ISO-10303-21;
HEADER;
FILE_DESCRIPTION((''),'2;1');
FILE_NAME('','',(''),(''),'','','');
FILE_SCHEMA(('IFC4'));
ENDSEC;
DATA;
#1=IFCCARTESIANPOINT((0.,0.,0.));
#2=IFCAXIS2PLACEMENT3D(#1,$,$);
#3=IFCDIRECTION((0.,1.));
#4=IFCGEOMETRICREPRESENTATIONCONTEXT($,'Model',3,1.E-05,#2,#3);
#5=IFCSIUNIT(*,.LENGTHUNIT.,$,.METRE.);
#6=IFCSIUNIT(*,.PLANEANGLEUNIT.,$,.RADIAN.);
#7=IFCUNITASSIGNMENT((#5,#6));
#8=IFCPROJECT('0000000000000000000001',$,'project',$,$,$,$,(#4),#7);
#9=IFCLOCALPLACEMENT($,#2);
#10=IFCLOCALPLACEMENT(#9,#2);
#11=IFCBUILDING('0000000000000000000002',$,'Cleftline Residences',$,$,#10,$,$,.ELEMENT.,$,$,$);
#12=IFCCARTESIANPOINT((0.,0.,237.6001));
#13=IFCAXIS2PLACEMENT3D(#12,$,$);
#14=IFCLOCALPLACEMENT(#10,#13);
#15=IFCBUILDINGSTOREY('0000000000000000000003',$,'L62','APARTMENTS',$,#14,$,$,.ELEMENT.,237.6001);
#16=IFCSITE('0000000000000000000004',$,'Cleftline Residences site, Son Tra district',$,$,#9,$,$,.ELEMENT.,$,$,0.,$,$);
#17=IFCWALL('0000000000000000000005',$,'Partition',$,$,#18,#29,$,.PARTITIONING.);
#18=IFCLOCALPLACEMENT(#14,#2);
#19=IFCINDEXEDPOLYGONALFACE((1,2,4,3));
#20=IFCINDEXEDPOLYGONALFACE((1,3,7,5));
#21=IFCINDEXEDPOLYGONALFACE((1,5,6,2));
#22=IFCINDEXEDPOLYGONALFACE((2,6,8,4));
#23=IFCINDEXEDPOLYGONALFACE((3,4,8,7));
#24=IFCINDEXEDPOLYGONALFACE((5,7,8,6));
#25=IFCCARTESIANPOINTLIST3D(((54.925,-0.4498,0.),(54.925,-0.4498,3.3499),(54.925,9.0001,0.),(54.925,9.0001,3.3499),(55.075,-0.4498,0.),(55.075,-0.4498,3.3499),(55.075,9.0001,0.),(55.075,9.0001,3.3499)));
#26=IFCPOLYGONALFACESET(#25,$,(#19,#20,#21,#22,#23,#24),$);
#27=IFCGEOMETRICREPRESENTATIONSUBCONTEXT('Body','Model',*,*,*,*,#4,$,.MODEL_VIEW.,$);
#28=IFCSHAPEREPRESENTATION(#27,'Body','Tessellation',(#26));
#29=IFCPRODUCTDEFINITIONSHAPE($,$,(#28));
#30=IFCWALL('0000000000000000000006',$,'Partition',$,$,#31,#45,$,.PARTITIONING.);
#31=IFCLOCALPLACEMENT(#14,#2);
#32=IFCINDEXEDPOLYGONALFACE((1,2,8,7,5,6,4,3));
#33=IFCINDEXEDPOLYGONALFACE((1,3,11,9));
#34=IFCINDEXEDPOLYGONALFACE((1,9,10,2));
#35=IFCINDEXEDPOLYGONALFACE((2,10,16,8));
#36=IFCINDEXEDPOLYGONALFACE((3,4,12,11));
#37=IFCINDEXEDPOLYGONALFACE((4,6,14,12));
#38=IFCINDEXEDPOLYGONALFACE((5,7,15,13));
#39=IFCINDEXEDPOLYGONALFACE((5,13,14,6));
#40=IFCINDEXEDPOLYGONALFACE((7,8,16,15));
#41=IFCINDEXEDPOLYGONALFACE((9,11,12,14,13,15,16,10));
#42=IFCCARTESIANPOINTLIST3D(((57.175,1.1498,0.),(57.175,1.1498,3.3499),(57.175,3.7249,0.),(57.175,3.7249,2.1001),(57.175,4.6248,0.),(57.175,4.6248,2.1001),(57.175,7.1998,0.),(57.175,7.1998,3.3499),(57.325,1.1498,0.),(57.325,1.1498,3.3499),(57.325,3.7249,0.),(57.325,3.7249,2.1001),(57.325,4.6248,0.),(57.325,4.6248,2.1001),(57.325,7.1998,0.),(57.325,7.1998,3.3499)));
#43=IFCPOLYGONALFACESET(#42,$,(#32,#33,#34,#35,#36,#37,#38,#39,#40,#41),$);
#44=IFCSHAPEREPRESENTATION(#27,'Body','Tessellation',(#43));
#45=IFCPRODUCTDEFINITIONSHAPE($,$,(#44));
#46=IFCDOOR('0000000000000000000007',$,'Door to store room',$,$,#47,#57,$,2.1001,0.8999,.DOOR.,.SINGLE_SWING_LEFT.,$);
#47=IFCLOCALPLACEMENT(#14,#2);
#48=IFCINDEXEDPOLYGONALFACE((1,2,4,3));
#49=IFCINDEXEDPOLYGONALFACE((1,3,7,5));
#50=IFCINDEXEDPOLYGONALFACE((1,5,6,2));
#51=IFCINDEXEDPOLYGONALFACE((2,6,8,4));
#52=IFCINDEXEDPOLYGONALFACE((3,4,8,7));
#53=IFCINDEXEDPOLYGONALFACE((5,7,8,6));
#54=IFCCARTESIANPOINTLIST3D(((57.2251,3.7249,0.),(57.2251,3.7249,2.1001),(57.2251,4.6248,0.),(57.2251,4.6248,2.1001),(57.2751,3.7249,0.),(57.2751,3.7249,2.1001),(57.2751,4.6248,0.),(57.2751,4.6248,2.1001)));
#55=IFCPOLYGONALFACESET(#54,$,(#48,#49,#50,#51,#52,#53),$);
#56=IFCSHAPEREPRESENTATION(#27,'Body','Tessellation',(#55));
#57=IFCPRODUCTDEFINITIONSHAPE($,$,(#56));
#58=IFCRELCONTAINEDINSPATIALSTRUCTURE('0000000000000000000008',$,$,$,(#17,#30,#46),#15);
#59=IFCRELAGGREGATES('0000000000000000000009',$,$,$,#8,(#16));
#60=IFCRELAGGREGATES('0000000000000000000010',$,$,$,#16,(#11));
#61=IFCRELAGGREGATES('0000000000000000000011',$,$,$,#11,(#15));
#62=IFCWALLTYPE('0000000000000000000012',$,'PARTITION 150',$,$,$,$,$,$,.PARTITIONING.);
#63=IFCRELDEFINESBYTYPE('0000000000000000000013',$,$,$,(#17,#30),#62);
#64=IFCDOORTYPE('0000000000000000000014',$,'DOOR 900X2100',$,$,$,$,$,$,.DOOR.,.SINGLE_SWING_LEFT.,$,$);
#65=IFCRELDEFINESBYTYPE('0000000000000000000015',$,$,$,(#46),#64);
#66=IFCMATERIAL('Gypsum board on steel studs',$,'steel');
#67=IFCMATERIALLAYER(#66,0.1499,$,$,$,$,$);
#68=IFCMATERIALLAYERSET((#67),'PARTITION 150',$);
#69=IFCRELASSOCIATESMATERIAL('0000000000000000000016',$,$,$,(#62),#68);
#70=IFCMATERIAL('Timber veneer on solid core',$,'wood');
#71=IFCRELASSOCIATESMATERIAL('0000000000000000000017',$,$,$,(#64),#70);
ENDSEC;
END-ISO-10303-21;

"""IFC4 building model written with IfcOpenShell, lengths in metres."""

from ifc_helpers import new_model, si_unit, direction, frame, frame_2d, origin, place, context, subcontext, project, spatial, rectangle, extrude, material, layer, layer_set, type_object, element, fill, save


model = new_model("IFC4")

# Units and contexts
model_context = context("Model", 3, precision=1e-05, world=origin(), true_north=direction((0.0, 1.0)))
body_context = subcontext(model_context, "Body", "Model", "MODEL_VIEW")
ifc_project = project(units=[si_unit("LENGTHUNIT", "METRE"), si_unit("PLANEANGLEUNIT", "RADIAN")], contexts=[model_context])

# Site, building, storey
site_placement = place(None, origin())
site = spatial("IfcSite", under=ifc_project, at=site_placement, Name="Cleftline Residences site, Son Tra district", CompositionType="ELEMENT", RefElevation=0.0)
building_placement = place(site_placement, origin())
building = spatial("IfcBuilding", under=site, at=building_placement, Name="Cleftline Residences", CompositionType="ELEMENT")
storey_placement = place(building_placement, frame((0.0, 0.0, 237.6001)))
storey = spatial("IfcBuildingStorey", under=building, at=storey_placement, Name="L62", Description="APARTMENTS", CompositionType="ELEMENT", Elevation=237.6001)

# Wall
ifc_material_1 = material(Name="Gypsum board on steel studs", Category="steel")
ifc_layer_1 = layer(ifc_material_1, 0.1499)
ifc_layer_set_1 = layer_set([ifc_layer_1], Name="PARTITION 150")
wall_type_1 = type_object("IfcWallType", Name="PARTITION 150", PredefinedType="PARTITIONING", material=ifc_layer_set_1)
wall_1_placement = place(storey_placement, frame((55.0, -0.45, 0.0), z_axis=(0.0, 0.0, 1.0), x_axis=(0.0, 1.0, 0.0)))
element("IfcWall", 1, at=wall_1_placement, inside=storey, type_object=wall_type_1, Name="Partition", PredefinedType="PARTITIONING", context=body_context, shape_type="SweptSolid", body=[
    extrude(rectangle(XDim=9.45, YDim=0.1499, at=frame_2d((4.7251, 0.0))), origin(), (0.0, 0.0, 1.0), 3.3499),
])

# Wall, opening, door
wall_2_placement = place(storey_placement, frame((57.25, 1.1499, 0.0), z_axis=(0.0, 0.0, 1.0), x_axis=(0.0, 1.0, 0.0)))
wall_2 = element("IfcWall", 2, at=wall_2_placement, inside=storey, type_object=wall_type_1, Name="Partition", PredefinedType="PARTITIONING", context=body_context, shape_type="SweptSolid", body=[
    extrude(rectangle(XDim=6.05, YDim=0.1499, at=frame_2d((3.0249, 0.0))), origin(), (0.0, 0.0, 1.0), 3.3499),
])
opening_1_placement = place(wall_2_placement, frame((2.575, 0.0, 0.0)))
opening_1 = element("IfcOpeningElement", 3, at=opening_1_placement, cuts=wall_2, PredefinedType="OPENING", context=body_context, shape_type="SweptSolid", body=[
    extrude(rectangle(XDim=0.8999, YDim=2.1001, at=frame_2d((0.45, 1.05))), frame((0.0, 0.085, 0.0), z_axis=(0.0, -1.0, 0.0), x_axis=(1.0, 0.0, 0.0)), (0.0, 0.0, 1.0), 0.1699),
])
ifc_material_2 = material(Name="Timber veneer on solid core", Category="wood")
door_type = type_object("IfcDoorType", Name="DOOR 900X2100", OperationType="SINGLE_SWING_LEFT", PredefinedType="DOOR", material=ifc_material_2)
door_placement = place(opening_1_placement, origin())
door = element("IfcDoor", 4, at=door_placement, inside=storey, type_object=door_type, Name="Door to store room", OperationType="SINGLE_SWING_LEFT", OverallHeight=2.1001, OverallWidth=0.8999, PredefinedType="DOOR", context=body_context, shape_type="SweptSolid", body=[
    extrude(rectangle(XDim=0.8999, YDim=2.1001, at=frame_2d((0.45, 1.05))), frame((0.0, 0.0249, 0.0), z_axis=(0.0, -1.0, 0.0), x_axis=(1.0, 0.0, 0.0)), (0.0, 0.0, 1.0), 0.05),
])
fill(opening_1, door)

save(model, "model.ifc")
